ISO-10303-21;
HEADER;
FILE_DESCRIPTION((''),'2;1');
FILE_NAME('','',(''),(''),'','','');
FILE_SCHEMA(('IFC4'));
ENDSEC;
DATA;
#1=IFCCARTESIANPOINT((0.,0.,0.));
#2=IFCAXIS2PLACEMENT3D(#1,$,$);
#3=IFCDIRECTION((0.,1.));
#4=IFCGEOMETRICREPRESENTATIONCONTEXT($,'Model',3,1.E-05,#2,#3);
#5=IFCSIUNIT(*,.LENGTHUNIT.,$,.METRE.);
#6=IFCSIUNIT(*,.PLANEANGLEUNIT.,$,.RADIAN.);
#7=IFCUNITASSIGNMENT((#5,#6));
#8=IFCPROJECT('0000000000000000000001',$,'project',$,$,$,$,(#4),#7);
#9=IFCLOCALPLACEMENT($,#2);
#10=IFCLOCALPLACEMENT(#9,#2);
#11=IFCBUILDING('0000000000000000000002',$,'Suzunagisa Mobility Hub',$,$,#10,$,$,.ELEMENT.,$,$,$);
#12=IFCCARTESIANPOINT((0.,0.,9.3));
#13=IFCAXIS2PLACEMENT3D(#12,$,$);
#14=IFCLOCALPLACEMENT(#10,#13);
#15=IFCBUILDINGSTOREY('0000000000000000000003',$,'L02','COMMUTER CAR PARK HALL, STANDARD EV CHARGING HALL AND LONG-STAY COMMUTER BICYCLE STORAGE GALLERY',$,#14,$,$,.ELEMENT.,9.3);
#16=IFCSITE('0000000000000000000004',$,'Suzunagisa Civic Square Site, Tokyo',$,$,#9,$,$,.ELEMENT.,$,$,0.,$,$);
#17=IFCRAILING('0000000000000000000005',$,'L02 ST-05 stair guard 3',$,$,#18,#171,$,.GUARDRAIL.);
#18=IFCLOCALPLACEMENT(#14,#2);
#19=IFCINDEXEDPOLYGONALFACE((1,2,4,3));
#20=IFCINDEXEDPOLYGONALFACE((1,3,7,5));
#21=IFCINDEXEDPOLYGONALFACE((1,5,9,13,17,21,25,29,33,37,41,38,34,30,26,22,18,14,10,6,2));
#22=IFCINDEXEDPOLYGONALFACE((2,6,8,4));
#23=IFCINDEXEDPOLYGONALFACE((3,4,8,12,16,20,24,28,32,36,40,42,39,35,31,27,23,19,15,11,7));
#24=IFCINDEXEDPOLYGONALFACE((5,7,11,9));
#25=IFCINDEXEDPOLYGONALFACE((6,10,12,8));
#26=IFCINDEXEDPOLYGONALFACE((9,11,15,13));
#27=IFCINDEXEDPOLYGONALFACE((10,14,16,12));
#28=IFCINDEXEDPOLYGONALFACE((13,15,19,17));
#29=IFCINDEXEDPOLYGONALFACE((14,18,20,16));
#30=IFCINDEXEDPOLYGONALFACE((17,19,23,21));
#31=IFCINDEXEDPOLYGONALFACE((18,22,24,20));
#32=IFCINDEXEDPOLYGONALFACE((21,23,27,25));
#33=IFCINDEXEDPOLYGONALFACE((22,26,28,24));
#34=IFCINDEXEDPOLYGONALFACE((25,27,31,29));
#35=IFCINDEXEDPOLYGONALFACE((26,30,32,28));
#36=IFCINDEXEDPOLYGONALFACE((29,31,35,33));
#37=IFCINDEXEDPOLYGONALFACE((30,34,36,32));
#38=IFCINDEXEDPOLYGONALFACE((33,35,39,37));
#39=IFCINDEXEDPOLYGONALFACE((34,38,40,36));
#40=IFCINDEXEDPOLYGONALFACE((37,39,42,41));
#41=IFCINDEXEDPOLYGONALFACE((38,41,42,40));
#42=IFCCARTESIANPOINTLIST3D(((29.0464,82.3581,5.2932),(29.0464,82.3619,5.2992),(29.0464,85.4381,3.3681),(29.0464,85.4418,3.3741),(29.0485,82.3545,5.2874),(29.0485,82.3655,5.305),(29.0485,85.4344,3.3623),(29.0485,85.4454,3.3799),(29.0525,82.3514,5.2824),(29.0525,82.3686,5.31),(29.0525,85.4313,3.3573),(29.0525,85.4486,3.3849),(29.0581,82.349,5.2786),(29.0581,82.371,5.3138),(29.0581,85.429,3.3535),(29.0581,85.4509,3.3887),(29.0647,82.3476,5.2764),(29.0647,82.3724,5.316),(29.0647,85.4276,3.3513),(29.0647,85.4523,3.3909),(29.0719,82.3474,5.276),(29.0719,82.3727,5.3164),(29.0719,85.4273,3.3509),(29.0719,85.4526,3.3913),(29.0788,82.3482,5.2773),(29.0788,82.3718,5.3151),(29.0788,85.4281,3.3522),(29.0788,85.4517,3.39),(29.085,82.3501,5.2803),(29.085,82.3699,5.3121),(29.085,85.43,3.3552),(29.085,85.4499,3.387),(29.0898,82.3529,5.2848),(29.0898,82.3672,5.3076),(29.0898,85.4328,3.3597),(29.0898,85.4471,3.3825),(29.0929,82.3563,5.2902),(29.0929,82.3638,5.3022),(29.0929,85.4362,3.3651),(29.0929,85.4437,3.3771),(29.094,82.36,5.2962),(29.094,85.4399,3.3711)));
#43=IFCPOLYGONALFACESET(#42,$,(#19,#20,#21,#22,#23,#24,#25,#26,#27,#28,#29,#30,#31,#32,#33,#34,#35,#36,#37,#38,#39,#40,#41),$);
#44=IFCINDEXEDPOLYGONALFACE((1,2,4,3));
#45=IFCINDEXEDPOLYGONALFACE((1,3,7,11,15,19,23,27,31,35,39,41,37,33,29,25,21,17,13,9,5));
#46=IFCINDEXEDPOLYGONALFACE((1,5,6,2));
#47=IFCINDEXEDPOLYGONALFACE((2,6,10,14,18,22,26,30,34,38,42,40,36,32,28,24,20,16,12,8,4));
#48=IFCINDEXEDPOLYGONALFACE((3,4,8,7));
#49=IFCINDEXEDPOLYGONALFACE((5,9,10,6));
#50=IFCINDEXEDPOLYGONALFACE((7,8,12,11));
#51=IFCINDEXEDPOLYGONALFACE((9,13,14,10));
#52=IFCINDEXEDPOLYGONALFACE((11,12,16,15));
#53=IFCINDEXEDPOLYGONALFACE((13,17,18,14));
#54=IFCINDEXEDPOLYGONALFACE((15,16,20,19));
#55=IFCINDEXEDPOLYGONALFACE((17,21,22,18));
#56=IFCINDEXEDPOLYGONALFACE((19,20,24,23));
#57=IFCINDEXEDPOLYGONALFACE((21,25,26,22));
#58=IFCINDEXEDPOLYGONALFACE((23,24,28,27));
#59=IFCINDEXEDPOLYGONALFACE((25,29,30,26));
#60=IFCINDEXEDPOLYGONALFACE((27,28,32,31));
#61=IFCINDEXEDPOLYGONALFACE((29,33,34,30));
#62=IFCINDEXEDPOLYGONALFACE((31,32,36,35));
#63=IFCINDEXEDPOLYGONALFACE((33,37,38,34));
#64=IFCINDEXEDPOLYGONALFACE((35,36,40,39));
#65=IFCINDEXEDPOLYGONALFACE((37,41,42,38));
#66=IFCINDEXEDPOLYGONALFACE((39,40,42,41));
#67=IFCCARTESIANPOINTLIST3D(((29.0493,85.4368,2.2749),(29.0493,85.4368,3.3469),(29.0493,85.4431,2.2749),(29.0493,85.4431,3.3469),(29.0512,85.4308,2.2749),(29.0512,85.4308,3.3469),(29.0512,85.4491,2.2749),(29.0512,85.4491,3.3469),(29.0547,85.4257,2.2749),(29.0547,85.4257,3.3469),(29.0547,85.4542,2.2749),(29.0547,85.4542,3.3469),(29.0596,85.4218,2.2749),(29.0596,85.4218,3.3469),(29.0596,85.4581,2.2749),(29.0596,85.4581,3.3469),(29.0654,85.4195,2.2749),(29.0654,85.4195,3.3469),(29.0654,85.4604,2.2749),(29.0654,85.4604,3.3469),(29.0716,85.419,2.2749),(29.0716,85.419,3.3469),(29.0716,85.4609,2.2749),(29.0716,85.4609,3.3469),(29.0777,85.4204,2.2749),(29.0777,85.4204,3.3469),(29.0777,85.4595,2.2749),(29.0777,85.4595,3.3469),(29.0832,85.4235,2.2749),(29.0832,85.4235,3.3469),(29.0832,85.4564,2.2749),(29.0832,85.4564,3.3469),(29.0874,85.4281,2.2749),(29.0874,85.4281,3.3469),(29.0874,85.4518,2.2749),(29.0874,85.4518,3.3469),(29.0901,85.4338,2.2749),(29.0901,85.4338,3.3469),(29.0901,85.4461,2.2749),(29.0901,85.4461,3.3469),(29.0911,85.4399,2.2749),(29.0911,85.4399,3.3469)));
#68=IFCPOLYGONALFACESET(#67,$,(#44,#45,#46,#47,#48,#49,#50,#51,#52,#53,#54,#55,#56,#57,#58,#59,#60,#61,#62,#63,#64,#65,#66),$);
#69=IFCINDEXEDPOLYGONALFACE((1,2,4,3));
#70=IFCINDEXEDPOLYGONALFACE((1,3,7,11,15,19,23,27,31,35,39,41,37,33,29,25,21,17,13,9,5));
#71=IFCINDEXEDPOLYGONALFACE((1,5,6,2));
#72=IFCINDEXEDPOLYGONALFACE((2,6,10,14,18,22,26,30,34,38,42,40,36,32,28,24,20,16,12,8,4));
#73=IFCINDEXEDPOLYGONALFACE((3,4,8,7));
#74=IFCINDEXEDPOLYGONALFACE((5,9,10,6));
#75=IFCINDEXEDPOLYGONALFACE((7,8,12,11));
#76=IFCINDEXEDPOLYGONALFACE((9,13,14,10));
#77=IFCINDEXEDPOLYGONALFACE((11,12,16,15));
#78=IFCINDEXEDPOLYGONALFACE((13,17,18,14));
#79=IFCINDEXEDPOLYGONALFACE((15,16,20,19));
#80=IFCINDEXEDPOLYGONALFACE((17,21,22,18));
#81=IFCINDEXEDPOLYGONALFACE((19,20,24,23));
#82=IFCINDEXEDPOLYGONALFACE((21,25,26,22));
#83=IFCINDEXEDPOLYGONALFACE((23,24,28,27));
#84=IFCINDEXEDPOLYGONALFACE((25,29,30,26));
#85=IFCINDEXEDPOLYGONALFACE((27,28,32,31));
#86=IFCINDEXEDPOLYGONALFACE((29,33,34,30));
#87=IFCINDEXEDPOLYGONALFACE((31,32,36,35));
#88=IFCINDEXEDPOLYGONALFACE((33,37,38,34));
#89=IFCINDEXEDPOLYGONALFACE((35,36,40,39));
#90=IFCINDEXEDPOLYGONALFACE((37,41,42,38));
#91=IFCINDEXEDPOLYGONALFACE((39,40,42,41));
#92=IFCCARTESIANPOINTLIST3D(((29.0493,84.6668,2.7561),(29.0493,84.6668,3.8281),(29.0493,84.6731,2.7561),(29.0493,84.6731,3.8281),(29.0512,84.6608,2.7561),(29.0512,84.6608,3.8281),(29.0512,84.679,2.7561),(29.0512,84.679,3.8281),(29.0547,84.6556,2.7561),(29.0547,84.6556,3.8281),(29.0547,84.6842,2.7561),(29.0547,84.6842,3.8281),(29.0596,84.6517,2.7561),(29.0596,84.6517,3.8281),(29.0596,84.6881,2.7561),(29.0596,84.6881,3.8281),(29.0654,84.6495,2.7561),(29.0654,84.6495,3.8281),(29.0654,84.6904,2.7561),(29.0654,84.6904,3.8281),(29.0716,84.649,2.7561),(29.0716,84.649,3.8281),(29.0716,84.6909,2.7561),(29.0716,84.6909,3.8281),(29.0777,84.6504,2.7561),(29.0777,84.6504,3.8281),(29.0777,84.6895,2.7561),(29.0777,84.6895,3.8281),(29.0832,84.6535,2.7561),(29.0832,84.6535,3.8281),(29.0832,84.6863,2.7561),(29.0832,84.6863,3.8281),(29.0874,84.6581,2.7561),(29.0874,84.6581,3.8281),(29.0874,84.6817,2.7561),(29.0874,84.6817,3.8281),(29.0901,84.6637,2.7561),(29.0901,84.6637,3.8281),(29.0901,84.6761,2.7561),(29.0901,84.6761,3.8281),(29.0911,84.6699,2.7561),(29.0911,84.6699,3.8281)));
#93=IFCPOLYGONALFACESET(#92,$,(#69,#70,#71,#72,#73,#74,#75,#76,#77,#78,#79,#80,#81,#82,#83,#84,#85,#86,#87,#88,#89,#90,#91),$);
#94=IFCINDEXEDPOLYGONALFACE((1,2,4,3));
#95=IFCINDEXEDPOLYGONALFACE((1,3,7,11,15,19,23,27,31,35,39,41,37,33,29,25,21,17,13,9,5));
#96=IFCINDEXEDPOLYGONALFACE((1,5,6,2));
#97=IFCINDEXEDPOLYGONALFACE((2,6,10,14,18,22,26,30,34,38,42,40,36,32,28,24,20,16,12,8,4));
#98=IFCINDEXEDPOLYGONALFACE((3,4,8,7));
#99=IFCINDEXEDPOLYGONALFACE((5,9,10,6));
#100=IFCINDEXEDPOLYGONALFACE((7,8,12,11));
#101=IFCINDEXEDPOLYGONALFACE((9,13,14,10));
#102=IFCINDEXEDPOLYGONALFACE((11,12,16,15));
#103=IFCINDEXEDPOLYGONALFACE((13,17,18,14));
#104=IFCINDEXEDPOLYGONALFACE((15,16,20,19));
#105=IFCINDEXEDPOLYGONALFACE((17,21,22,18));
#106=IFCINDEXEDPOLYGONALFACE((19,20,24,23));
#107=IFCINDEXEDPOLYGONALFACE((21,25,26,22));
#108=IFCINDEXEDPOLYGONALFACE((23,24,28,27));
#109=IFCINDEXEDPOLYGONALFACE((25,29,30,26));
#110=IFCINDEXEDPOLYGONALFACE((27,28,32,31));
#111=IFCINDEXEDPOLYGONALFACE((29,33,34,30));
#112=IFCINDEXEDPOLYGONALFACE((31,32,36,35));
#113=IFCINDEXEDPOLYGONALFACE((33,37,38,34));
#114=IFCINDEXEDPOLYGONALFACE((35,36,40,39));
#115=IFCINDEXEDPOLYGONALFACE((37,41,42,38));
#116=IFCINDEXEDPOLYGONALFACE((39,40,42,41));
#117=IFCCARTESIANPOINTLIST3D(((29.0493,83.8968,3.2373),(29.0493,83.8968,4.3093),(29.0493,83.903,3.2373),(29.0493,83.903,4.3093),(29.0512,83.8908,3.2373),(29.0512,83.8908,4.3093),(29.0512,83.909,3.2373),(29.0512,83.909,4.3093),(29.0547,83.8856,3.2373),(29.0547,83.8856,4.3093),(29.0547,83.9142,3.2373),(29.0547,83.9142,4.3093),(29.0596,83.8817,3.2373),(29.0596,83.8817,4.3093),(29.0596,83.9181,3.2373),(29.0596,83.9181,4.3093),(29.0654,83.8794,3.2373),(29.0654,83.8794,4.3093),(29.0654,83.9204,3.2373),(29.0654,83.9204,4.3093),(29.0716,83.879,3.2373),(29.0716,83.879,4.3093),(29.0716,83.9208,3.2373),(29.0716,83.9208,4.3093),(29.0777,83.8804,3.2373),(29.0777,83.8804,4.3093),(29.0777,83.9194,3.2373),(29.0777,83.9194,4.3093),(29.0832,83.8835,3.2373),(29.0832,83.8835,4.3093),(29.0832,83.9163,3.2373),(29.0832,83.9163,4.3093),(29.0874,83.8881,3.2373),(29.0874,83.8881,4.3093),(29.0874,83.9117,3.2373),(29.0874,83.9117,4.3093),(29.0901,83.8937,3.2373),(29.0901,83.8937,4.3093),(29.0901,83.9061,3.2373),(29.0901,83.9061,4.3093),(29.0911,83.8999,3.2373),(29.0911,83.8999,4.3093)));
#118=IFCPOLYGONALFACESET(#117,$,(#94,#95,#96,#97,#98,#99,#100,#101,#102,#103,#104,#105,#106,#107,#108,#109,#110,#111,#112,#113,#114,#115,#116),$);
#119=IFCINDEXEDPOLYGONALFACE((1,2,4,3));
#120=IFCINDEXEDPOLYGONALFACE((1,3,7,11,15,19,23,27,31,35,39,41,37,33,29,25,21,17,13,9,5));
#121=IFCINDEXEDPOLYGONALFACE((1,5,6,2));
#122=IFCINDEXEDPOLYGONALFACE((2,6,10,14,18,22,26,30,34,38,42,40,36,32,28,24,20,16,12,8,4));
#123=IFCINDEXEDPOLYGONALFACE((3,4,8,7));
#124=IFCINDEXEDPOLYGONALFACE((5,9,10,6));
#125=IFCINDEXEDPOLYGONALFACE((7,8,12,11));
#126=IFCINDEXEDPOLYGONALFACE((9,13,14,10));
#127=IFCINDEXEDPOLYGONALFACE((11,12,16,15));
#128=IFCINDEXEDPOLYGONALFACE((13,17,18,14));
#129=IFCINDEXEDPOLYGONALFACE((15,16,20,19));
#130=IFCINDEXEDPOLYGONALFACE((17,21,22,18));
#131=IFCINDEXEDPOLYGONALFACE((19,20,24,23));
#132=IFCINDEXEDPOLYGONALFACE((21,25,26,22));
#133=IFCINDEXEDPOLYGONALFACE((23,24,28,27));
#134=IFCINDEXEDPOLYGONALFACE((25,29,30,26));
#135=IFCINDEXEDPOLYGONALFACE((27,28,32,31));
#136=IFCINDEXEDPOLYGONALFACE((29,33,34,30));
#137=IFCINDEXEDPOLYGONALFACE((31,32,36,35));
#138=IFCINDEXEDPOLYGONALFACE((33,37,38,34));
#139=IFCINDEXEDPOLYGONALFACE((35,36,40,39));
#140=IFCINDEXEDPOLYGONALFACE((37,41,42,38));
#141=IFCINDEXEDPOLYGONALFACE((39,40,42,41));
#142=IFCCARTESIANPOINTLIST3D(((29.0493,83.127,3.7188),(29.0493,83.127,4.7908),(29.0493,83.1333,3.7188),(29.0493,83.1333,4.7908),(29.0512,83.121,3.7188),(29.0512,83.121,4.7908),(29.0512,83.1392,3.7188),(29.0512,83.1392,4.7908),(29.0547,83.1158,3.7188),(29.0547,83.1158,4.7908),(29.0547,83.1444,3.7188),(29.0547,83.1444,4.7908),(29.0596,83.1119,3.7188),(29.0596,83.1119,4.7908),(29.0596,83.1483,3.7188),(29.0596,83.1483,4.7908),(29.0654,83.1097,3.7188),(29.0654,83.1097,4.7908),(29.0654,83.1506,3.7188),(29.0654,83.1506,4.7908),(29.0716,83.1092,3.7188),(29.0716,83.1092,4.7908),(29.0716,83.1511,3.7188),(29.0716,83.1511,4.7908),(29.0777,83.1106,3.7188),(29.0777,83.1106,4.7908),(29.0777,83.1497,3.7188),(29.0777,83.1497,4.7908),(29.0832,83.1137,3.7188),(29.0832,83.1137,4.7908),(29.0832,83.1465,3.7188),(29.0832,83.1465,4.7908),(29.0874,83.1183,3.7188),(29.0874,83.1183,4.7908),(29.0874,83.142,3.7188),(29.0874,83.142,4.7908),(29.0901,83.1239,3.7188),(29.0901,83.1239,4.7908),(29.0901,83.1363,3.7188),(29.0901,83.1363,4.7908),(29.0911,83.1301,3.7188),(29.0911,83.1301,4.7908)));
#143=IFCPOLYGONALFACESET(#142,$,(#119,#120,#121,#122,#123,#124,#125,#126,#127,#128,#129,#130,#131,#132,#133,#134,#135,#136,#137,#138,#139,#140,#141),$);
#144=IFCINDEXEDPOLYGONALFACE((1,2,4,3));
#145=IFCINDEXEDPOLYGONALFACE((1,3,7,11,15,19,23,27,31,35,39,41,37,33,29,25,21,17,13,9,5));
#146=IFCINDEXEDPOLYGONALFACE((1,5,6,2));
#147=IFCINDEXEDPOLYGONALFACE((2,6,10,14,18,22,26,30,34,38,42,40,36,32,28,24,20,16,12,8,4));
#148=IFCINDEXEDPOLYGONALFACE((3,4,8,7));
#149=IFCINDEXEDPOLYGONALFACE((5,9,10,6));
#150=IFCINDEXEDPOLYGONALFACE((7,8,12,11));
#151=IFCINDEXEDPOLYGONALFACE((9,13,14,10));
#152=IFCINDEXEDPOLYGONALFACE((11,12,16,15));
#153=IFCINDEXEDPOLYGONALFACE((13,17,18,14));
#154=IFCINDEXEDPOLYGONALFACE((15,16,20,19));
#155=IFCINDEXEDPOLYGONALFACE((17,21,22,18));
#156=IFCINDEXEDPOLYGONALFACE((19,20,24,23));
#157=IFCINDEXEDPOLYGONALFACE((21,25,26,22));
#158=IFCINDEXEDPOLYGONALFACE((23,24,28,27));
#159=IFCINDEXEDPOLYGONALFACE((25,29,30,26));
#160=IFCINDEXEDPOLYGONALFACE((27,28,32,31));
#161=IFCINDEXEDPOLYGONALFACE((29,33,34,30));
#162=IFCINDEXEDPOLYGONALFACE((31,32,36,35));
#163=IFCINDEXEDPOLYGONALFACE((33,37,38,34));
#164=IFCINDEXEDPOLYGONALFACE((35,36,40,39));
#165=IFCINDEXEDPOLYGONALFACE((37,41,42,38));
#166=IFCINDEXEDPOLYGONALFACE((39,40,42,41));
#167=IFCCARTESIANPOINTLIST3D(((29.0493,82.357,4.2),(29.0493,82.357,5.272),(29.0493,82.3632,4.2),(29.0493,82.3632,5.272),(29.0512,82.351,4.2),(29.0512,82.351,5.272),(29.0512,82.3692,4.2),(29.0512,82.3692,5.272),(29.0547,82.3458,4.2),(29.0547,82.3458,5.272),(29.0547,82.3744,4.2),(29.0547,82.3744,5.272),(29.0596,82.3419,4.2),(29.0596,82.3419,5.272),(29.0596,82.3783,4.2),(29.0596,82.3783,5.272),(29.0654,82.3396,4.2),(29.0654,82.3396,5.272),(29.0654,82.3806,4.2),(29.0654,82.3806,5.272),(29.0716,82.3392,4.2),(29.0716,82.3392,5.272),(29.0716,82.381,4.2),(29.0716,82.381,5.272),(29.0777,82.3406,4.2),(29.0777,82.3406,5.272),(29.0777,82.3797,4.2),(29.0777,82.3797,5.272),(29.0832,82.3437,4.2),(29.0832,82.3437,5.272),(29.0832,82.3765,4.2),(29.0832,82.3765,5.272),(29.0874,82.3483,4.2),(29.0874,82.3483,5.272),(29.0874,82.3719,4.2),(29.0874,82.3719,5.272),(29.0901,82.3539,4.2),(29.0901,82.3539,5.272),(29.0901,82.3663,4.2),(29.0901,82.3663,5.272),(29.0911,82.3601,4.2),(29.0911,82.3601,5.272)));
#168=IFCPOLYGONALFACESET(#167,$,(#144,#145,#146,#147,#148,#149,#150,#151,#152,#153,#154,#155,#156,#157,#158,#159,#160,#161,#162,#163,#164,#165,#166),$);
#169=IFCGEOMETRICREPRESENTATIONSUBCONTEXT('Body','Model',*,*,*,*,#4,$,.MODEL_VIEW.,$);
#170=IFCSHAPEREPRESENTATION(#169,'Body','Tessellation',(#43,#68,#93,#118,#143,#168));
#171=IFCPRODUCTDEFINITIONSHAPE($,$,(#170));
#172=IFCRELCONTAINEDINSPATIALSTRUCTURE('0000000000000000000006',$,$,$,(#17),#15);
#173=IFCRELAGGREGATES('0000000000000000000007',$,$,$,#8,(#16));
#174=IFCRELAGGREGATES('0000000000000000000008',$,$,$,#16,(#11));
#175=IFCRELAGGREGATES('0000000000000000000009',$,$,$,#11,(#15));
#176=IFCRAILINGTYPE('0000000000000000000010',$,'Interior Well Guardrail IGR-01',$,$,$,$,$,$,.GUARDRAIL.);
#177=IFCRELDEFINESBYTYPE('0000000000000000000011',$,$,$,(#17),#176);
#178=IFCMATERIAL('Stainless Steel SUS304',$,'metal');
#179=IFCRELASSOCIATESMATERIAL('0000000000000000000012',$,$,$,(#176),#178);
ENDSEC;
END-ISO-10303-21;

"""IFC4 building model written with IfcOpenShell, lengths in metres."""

from ifc_helpers import new_model, si_unit, direction, frame, origin, origin_2d, place, context, subcontext, project, spatial, circle, extrude, material, type_object, element, save


model = new_model("IFC4")

# Units and contexts
model_context = context("Model", 3, precision=1e-05, world=origin(), true_north=direction((0.0, 1.0)))
body_context = subcontext(model_context, "Body", "Model", "MODEL_VIEW")
ifc_project = project(units=[si_unit("LENGTHUNIT", "METRE"), si_unit("PLANEANGLEUNIT", "RADIAN")], contexts=[model_context])

# Site, building, storey
site_placement = place(None, origin())
site = spatial("IfcSite", under=ifc_project, at=site_placement, Name="Suzunagisa Civic Square Site, Tokyo", CompositionType="ELEMENT", RefElevation=0.0)
building_placement = place(site_placement, origin())
building = spatial("IfcBuilding", under=site, at=building_placement, Name="Suzunagisa Mobility Hub", CompositionType="ELEMENT")
storey_placement = place(building_placement, frame((0.0, 0.0, 9.3)))
storey = spatial("IfcBuildingStorey", under=building, at=storey_placement, Name="L02", Description="COMMUTER CAR PARK HALL, STANDARD EV CHARGING HALL AND LONG-STAY COMMUTER BICYCLE STORAGE GALLERY", CompositionType="ELEMENT", Elevation=9.3)

# Railing
ifc_material_1 = material(Name="Stainless Steel SUS304", Category="metal")
railing_type_1 = type_object("IfcRailingType", Name="Interior Well Guardrail IGR-01", PredefinedType="GUARDRAIL", material=ifc_material_1)
railing_1_placement = place(storey_placement, frame((29.0701, 85.4399, 2.2749)))
element("IfcRailing", 1, at=railing_1_placement, inside=storey, type_object=railing_type_1, Name="L02 ST-05 stair guard 3", PredefinedType="GUARDRAIL", context=body_context, shape_type="SweptSolid", body=[
    extrude(circle(Radius=0.0239, at=origin_2d()), frame((0.0, 0.0, 1.0962), z_axis=(0.0, -0.847979, 0.530029), x_axis=(1.0, 0.0, 0.0)), (0.0, 0.0, 1.0), 3.6321),
    extrude(circle(Radius=0.021, at=origin_2d()), origin(), (0.0, 0.0, 1.0), 1.072),
    extrude(circle(Radius=0.021, at=origin_2d()), frame((0.0, -0.77, 0.4812)), (0.0, 0.0, 1.0), 1.072),
    extrude(circle(Radius=0.021, at=origin_2d()), frame((0.0, -1.54, 0.9624)), (0.0, 0.0, 1.0), 1.072),
    extrude(circle(Radius=0.021, at=origin_2d()), frame((0.0, -2.3098, 1.4438)), (0.0, 0.0, 1.0), 1.072),
    extrude(circle(Radius=0.021, at=origin_2d()), frame((0.0, -3.0798, 1.925)), (0.0, 0.0, 1.0), 1.072),
])

save(model, "model.ifc")
